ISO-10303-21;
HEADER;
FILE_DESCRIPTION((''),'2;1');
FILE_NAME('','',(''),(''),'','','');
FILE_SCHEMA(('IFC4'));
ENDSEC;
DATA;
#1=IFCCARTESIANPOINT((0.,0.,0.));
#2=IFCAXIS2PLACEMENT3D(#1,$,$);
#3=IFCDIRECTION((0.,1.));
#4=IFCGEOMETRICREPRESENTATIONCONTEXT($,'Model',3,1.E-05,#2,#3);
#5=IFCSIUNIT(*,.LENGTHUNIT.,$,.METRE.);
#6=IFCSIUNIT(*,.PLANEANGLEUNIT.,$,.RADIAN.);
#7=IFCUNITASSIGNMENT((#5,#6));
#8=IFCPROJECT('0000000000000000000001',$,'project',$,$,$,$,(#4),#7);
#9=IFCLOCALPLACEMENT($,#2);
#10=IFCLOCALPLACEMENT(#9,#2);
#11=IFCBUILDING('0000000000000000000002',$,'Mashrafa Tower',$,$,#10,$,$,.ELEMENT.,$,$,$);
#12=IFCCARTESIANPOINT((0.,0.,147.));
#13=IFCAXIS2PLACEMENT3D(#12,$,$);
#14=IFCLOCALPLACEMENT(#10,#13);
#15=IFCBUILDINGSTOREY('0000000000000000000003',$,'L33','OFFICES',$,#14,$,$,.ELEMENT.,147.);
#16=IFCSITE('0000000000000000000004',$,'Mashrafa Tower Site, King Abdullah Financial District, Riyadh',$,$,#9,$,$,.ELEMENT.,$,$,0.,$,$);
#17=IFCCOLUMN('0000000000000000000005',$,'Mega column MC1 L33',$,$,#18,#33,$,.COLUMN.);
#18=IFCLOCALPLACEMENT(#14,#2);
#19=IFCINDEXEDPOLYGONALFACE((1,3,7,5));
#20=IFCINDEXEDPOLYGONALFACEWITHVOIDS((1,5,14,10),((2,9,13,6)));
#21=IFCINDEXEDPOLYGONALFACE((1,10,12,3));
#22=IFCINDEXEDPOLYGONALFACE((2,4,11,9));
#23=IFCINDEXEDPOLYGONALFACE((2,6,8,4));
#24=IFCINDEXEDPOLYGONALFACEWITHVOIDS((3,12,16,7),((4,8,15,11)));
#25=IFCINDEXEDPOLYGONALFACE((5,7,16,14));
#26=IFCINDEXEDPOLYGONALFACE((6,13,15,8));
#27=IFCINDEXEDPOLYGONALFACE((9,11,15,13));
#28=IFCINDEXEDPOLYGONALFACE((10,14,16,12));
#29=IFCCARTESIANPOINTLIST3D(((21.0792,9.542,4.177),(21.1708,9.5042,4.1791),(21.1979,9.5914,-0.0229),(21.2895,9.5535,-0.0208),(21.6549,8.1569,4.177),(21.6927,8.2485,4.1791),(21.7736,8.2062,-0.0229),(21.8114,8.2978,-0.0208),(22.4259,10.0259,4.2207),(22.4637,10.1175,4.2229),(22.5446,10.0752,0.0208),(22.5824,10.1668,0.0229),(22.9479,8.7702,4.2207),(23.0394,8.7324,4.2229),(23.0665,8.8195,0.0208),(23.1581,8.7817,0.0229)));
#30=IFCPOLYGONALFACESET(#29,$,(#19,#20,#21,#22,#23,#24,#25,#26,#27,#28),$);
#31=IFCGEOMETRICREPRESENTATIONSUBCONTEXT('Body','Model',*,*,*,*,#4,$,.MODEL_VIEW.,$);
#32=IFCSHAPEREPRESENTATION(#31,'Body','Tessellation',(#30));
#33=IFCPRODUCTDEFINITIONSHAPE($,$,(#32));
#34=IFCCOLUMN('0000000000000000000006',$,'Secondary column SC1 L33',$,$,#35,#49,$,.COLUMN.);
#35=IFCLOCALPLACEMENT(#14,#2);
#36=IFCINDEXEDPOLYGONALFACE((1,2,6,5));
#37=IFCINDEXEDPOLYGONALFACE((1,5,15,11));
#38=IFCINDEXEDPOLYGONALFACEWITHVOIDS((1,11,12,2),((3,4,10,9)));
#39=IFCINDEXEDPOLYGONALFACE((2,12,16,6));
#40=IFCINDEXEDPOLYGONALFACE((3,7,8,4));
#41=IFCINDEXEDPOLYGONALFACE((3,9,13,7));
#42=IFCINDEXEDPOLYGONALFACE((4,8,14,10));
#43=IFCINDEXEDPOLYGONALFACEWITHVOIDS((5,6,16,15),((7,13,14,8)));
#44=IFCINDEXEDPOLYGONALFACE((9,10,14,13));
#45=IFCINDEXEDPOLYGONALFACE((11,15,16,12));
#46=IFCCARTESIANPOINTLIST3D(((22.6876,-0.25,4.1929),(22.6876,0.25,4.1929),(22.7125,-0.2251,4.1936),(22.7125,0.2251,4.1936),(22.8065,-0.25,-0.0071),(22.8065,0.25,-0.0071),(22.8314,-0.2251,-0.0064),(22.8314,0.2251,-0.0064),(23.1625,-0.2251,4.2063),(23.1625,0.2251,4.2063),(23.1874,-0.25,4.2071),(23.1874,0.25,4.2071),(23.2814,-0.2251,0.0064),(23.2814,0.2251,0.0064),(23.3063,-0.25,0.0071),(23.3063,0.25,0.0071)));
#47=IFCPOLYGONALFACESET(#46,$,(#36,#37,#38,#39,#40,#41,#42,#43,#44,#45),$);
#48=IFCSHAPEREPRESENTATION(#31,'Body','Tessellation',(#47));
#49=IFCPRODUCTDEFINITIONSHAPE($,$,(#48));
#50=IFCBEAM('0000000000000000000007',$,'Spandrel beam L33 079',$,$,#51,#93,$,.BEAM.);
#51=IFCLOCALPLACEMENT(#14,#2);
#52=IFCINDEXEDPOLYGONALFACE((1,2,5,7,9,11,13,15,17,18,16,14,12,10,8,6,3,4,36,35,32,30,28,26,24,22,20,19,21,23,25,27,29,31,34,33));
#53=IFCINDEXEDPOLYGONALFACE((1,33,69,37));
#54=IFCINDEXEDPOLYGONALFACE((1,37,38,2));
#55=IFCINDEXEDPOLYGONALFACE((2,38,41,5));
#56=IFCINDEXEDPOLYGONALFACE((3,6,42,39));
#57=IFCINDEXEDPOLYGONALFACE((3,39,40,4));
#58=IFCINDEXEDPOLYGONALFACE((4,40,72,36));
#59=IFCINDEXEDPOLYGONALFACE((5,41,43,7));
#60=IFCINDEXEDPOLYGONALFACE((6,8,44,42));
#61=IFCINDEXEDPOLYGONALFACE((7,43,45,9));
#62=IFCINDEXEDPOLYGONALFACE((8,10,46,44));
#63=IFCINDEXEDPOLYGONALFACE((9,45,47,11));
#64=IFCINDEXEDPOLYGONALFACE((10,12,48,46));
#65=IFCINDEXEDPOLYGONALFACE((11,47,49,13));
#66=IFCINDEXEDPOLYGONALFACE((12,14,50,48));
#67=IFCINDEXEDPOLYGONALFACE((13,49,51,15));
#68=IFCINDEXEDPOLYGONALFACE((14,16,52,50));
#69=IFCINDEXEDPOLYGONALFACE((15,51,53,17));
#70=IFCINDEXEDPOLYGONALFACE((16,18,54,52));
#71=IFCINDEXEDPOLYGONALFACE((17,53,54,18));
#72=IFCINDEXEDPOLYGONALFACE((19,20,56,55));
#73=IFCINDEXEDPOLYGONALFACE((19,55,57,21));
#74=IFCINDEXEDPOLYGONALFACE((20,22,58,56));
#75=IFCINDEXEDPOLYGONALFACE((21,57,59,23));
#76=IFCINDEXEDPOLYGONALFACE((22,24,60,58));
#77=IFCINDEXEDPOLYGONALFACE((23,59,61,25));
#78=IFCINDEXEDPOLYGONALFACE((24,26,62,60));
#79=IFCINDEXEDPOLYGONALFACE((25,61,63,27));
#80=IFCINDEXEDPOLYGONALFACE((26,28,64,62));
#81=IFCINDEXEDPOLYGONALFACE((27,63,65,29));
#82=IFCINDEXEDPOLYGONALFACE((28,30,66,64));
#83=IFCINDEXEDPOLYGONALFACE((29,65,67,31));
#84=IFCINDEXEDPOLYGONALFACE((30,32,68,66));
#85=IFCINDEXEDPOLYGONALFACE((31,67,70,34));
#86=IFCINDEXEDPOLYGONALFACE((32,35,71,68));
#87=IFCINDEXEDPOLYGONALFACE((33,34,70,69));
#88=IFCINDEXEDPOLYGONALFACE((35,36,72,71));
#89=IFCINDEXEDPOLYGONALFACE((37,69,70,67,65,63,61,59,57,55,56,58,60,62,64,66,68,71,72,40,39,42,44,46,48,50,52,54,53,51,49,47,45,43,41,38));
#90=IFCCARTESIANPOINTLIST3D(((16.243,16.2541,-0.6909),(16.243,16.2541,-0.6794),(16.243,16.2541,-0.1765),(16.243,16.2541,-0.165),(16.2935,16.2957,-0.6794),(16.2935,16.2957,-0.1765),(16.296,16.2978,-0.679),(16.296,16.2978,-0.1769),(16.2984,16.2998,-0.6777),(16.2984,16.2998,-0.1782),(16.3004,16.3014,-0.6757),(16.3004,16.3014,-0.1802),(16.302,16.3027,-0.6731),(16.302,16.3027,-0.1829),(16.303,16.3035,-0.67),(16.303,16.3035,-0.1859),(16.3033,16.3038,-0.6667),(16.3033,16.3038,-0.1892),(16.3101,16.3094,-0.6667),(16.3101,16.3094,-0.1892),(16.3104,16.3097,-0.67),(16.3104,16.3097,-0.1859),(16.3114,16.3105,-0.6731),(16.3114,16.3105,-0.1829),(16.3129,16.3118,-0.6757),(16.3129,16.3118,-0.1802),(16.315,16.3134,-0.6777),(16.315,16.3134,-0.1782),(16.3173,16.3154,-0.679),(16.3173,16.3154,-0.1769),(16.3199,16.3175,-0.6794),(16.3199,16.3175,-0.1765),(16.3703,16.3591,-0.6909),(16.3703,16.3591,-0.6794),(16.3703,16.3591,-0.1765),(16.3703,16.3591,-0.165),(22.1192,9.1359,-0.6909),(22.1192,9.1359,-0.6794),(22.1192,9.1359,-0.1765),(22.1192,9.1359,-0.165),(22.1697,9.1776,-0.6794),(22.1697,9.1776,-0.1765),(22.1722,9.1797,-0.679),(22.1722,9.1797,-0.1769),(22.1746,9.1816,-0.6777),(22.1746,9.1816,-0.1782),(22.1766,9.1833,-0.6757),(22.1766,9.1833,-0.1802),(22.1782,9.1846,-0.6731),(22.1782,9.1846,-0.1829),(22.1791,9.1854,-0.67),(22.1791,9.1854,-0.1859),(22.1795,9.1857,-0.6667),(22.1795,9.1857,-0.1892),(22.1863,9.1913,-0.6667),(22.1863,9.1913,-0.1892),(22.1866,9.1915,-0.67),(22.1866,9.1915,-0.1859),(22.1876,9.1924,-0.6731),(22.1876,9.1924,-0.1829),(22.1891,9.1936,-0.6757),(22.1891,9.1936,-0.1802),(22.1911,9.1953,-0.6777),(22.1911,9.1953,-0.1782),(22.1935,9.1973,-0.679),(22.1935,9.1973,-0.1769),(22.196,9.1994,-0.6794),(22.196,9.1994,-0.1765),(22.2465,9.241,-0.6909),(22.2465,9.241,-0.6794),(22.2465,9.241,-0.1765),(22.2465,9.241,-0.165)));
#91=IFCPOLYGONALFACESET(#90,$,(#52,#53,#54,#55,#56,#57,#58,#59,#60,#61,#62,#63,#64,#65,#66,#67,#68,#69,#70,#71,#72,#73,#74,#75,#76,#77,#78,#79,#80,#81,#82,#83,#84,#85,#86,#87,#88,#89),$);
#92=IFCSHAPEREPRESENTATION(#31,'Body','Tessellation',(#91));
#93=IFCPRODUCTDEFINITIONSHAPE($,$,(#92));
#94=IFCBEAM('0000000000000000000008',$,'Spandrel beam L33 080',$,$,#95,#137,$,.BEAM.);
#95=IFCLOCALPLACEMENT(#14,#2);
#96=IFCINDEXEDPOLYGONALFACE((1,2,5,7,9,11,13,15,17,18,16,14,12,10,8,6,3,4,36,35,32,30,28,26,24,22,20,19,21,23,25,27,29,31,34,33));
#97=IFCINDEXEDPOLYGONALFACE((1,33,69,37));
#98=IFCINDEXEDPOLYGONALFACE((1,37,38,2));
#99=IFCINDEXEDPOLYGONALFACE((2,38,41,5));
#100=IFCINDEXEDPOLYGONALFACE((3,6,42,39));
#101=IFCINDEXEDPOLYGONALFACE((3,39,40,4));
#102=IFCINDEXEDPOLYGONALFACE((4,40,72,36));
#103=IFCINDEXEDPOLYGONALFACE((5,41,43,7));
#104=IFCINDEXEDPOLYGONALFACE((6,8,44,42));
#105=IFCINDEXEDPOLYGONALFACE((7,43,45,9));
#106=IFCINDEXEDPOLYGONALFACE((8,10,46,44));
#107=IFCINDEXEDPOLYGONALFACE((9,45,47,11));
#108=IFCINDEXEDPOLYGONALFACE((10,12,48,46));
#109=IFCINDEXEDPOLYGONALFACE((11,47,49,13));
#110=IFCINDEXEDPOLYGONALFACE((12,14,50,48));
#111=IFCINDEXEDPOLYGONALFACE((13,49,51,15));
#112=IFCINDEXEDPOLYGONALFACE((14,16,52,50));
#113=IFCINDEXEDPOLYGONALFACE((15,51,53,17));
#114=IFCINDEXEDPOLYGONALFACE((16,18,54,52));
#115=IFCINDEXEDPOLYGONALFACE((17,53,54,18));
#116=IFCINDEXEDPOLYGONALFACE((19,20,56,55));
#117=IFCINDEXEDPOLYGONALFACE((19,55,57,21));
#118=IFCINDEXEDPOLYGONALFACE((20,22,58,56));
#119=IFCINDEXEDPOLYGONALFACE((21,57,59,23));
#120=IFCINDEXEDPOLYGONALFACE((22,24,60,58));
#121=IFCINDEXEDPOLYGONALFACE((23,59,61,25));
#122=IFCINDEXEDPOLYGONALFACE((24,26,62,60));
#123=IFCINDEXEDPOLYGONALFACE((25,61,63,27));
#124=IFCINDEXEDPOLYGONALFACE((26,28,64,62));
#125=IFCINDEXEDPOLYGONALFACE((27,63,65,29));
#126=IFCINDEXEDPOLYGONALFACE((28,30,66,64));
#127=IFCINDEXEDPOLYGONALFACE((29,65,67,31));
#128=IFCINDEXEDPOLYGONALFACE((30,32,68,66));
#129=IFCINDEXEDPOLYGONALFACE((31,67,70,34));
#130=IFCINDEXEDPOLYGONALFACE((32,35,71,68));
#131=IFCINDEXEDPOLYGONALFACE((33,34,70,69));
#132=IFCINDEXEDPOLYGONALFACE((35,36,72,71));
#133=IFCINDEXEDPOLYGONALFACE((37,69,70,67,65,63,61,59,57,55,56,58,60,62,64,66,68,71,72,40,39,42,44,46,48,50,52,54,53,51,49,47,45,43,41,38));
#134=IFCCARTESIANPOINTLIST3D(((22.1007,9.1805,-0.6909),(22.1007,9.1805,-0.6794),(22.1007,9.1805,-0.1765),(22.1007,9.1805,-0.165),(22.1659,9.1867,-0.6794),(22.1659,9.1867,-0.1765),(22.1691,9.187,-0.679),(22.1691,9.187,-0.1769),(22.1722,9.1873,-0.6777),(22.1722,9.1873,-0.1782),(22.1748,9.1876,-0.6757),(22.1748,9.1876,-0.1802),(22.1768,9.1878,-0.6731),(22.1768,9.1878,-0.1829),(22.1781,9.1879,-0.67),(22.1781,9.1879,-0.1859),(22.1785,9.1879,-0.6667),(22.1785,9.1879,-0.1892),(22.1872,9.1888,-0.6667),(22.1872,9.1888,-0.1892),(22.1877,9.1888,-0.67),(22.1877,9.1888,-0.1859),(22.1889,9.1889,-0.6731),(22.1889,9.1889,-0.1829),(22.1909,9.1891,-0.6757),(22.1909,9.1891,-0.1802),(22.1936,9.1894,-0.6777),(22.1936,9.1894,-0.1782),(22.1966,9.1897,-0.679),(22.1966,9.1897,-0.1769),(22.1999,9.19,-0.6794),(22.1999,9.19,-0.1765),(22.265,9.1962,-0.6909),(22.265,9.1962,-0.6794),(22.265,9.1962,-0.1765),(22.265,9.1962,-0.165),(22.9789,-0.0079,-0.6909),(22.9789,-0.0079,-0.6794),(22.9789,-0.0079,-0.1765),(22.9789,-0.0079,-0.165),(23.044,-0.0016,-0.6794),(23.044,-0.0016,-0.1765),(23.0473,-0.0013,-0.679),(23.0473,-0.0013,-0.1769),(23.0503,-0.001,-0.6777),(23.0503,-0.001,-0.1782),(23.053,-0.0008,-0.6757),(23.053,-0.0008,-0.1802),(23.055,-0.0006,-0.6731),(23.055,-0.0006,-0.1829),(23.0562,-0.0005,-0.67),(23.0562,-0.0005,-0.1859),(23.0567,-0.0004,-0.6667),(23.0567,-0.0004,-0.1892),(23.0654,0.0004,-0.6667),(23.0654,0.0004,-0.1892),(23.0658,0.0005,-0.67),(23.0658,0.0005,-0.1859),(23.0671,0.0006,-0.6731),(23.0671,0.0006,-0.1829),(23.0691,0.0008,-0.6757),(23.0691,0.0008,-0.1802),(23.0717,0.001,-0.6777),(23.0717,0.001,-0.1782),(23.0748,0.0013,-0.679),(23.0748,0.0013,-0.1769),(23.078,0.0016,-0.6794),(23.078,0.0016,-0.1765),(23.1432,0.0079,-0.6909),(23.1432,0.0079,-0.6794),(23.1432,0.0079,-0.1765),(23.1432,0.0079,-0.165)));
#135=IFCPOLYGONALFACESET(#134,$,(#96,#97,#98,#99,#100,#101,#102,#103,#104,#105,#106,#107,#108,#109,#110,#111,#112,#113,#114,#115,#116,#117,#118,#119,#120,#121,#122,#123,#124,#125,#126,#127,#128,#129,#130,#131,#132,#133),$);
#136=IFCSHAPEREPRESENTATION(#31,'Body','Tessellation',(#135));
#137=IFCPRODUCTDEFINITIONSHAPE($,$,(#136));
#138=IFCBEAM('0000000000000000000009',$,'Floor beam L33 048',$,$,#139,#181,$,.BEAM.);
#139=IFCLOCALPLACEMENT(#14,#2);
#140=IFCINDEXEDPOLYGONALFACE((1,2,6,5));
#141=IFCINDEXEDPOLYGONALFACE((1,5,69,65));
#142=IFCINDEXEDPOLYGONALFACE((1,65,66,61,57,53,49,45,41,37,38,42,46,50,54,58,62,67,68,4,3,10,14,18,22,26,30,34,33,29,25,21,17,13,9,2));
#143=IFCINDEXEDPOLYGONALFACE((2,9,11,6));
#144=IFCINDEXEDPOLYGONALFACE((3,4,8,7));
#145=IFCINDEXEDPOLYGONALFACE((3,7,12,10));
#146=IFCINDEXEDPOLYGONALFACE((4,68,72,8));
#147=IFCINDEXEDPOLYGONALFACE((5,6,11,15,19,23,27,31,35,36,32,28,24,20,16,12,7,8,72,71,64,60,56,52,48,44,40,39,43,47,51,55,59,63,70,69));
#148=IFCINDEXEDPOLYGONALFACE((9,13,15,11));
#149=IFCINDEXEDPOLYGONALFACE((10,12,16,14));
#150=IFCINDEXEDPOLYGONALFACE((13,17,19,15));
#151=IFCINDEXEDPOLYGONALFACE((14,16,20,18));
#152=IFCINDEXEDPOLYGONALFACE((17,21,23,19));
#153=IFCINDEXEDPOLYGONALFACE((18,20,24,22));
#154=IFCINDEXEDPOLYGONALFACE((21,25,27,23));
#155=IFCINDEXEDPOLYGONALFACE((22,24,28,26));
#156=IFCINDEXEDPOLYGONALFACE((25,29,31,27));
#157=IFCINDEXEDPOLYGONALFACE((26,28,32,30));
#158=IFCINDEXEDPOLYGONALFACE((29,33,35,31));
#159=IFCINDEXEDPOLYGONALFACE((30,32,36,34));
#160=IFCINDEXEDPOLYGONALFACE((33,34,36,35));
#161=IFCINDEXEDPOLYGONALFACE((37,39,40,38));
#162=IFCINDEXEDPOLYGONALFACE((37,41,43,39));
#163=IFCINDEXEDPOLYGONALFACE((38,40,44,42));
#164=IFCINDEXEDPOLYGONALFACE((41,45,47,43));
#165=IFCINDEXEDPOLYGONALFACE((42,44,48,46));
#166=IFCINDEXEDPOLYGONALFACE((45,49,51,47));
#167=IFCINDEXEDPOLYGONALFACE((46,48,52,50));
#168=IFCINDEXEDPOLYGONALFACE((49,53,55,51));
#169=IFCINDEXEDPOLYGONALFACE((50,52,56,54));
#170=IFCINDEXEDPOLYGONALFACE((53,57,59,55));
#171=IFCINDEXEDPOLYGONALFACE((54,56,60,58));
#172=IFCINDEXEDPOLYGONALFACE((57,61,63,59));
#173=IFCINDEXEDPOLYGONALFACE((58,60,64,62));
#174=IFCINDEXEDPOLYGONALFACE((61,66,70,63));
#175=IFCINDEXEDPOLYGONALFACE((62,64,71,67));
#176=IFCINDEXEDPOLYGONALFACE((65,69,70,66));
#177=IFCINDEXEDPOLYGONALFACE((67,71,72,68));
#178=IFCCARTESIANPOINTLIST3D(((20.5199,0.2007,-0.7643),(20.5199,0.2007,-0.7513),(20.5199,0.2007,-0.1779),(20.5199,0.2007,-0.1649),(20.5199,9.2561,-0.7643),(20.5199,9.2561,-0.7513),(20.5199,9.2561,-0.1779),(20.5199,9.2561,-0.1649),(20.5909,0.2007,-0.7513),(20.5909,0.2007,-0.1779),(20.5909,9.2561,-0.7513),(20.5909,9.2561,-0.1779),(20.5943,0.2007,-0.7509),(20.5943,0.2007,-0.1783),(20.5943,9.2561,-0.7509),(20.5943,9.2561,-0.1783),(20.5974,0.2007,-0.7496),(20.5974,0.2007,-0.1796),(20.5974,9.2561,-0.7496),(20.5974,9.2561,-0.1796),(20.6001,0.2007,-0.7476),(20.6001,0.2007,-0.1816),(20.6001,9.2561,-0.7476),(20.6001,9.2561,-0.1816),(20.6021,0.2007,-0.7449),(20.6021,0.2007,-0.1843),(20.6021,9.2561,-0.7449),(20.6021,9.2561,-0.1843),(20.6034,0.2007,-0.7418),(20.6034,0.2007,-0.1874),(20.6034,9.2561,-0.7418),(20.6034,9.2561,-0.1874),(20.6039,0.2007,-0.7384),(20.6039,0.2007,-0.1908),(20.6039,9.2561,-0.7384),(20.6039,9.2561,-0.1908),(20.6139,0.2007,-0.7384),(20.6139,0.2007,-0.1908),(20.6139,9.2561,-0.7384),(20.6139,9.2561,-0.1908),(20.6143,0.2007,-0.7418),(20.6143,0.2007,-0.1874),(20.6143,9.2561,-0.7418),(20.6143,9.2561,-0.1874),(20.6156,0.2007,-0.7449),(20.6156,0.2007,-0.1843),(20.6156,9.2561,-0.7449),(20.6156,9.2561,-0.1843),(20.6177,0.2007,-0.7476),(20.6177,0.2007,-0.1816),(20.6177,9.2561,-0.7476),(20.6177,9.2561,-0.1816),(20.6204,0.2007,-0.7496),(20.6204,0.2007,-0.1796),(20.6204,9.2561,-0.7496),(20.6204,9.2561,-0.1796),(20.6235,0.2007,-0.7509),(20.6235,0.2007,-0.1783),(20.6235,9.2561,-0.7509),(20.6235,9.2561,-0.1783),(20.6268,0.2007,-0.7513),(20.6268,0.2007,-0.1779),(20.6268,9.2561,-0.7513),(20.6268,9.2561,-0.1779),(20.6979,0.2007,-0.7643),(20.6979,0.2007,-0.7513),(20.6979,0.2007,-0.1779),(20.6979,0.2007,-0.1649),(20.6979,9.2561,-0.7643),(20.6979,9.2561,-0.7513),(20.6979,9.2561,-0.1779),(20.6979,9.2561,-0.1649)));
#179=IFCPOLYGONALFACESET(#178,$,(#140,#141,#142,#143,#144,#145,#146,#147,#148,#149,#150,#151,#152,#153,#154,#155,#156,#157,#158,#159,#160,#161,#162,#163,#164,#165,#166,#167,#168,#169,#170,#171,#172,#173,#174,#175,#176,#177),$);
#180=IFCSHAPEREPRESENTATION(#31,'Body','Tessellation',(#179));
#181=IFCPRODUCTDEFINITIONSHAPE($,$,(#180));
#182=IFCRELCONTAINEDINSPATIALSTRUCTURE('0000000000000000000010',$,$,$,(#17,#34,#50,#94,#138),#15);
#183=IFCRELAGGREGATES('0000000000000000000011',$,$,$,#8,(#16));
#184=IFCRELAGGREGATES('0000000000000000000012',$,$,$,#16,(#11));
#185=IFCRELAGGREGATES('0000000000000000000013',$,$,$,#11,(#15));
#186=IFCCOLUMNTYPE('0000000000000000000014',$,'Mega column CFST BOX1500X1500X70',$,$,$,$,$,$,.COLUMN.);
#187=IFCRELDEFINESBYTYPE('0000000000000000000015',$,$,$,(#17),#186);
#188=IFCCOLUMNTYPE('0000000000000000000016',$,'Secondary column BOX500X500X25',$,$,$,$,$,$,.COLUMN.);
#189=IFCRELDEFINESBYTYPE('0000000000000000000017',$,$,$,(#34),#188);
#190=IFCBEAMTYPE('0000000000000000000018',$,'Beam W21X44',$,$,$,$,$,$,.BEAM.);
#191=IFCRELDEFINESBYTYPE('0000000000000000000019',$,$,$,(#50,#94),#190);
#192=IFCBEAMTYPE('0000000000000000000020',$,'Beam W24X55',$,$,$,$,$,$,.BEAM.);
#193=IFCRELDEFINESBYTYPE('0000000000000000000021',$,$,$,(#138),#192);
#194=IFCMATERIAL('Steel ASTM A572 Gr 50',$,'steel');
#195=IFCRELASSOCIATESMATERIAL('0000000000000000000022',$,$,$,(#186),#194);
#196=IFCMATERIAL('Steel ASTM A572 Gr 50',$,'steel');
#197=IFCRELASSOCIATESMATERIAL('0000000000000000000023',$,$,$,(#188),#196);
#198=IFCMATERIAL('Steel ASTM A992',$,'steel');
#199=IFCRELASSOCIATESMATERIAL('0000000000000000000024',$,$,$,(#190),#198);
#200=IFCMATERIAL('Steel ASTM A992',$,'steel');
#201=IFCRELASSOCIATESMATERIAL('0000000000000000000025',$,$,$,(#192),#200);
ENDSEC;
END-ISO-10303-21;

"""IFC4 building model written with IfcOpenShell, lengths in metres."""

from ifc_helpers import new_model, si_unit, direction, frame, origin, origin_2d, place, context, subcontext, project, spatial, hollow_rectangle, i_section, extrude, material, material_profile, profile_set, type_object, element, save


model = new_model("IFC4")

# Units and contexts
model_context = context("Model", 3, precision=1e-05, world=origin(), true_north=direction((0.0, 1.0)))
body_context = subcontext(model_context, "Body", "Model", "MODEL_VIEW")
ifc_project = project(units=[si_unit("LENGTHUNIT", "METRE"), si_unit("PLANEANGLEUNIT", "RADIAN")], contexts=[model_context])

# Site, building, storey
site_placement = place(None, origin())
site = spatial("IfcSite", under=ifc_project, at=site_placement, Name="Mashrafa Tower Site, King Abdullah Financial District, Riyadh", CompositionType="ELEMENT", RefElevation=0.0)
building_placement = place(site_placement, origin())
building = spatial("IfcBuilding", under=site, at=building_placement, Name="Mashrafa Tower", CompositionType="ELEMENT")
storey_placement = place(building_placement, frame((0.0, 0.0, 147.0)))
storey = spatial("IfcBuildingStorey", under=building, at=storey_placement, Name="L33", Description="OFFICES", CompositionType="ELEMENT", Elevation=147.0)

# Columns
ifc_material_1 = material(Name="Steel ASTM A572 Gr 50", Category="steel")
ifc_material_profile_1 = material_profile(ifc_material_1, hollow_rectangle(XDim=1.5, YDim=1.5, WallThickness=0.0701, at=origin_2d()), Name="BOX1500X1500X70")
ifc_profile_set_1 = profile_set([ifc_material_profile_1], Name="Steel ASTM A572 Gr 50")
column_type_1 = type_object("IfcColumnType", Name="Mega column CFST BOX1500X1500X70", PredefinedType="COLUMN", material=ifc_profile_set_1)
column_1_placement = place(storey_placement, frame((22.178, 9.1865, 0.0), z_axis=(-0.028238, -0.011737, 0.999532), x_axis=(0.383806, -0.923414, 0.0)))
element("IfcColumn", 1, at=column_1_placement, inside=storey, type_object=column_type_1, Name="Mega column MC1 L33", PredefinedType="COLUMN", context=body_context, shape_type="SweptSolid", body=[
    extrude(hollow_rectangle(XDim=1.5, YDim=1.5, WallThickness=0.0701, at=origin_2d()), origin(), (0.0, 0.0, 1.0), 4.2019),
])
ifc_material_2 = material(Name="Steel ASTM A572 Gr 50", Category="steel")
ifc_material_profile_2 = material_profile(ifc_material_2, hollow_rectangle(XDim=0.5, YDim=0.5, WallThickness=0.0249, at=origin_2d()), Name="BOX500X500X25")
ifc_profile_set_2 = profile_set([ifc_material_profile_2], Name="Steel ASTM A572 Gr 50")
column_type_2 = type_object("IfcColumnType", Name="Secondary column BOX500X500X25", PredefinedType="COLUMN", material=ifc_profile_set_2)
column_2_placement = place(storey_placement, frame((23.0564, 0.0, 0.0), z_axis=(-0.028298, 0.0, 0.9996), x_axis=(0.0, -1.0, 0.0)))
element("IfcColumn", 2, at=column_2_placement, inside=storey, type_object=column_type_2, Name="Secondary column SC1 L33", PredefinedType="COLUMN", context=body_context, shape_type="SweptSolid", body=[
    extrude(hollow_rectangle(XDim=0.5, YDim=0.5, WallThickness=0.0249, at=origin_2d()), origin(), (0.0, 0.0, 1.0), 4.2017),
])

# Beams
ifc_material_3 = material(Name="Steel ASTM A992", Category="steel")
ifc_material_profile_3 = material_profile(ifc_material_3, i_section(OverallWidth=0.165, OverallDepth=0.5259, WebThickness=0.0088, FlangeThickness=0.0115, FilletRadius=0.0127, at=origin_2d()), Name="W21X44")
ifc_profile_set_3 = profile_set([ifc_material_profile_3], Name="Steel ASTM A992")
beam_type_1 = type_object("IfcBeamType", Name="Beam W21X44", PredefinedType="BEAM", material=ifc_profile_set_3)
for number, where, z_axis, x_axis, name in (
    (3, (22.1829, 9.1885, -0.428), (-0.636624, 0.771175, 0.0), (-0.771175, -0.636624, 0.0), "Spandrel beam L33 079"),
    (4, (23.061, 0.0, -0.428), (-0.09514, 0.995464, 0.0), (-0.995464, -0.09514, 0.0), "Spandrel beam L33 080"),
):
    element("IfcBeam", number, at=place(storey_placement, frame(where, z_axis=z_axis, x_axis=x_axis)), inside=storey, type_object=beam_type_1, Name=name, PredefinedType="BEAM", context=body_context, shape_type="SweptSolid", body=[
        extrude(i_section(OverallWidth=0.165, OverallDepth=0.5259, WebThickness=0.0088, FlangeThickness=0.0115, FilletRadius=0.0127, at=origin_2d()), origin(), (0.0, 0.0, 1.0), 9.2302),
    ])
ifc_material_4 = material(Name="Steel ASTM A992", Category="steel")
ifc_material_profile_4 = material_profile(ifc_material_4, i_section(OverallWidth=0.178, OverallDepth=0.5994, WebThickness=0.01, FlangeThickness=0.0129, FilletRadius=0.0129, at=origin_2d()), Name="W24X55")
ifc_profile_set_4 = profile_set([ifc_material_profile_4], Name="Steel ASTM A992")
beam_type_2 = type_object("IfcBeamType", Name="Beam W24X55", PredefinedType="BEAM", material=ifc_profile_set_4)
beam_placement = place(storey_placement, frame((20.6089, 9.2561, -0.4646), z_axis=(0.0, -1.0, 0.0), x_axis=(1.0, 0.0, 0.0)))
element("IfcBeam", 5, at=beam_placement, inside=storey, type_object=beam_type_2, Name="Floor beam L33 048", PredefinedType="BEAM", context=body_context, shape_type="SweptSolid", body=[
    extrude(i_section(OverallWidth=0.178, OverallDepth=0.5994, WebThickness=0.01, FlangeThickness=0.0129, FilletRadius=0.0129, at=origin_2d()), origin(), (0.0, 0.0, 1.0), 9.0554),
])

save(model, "model.ifc")
